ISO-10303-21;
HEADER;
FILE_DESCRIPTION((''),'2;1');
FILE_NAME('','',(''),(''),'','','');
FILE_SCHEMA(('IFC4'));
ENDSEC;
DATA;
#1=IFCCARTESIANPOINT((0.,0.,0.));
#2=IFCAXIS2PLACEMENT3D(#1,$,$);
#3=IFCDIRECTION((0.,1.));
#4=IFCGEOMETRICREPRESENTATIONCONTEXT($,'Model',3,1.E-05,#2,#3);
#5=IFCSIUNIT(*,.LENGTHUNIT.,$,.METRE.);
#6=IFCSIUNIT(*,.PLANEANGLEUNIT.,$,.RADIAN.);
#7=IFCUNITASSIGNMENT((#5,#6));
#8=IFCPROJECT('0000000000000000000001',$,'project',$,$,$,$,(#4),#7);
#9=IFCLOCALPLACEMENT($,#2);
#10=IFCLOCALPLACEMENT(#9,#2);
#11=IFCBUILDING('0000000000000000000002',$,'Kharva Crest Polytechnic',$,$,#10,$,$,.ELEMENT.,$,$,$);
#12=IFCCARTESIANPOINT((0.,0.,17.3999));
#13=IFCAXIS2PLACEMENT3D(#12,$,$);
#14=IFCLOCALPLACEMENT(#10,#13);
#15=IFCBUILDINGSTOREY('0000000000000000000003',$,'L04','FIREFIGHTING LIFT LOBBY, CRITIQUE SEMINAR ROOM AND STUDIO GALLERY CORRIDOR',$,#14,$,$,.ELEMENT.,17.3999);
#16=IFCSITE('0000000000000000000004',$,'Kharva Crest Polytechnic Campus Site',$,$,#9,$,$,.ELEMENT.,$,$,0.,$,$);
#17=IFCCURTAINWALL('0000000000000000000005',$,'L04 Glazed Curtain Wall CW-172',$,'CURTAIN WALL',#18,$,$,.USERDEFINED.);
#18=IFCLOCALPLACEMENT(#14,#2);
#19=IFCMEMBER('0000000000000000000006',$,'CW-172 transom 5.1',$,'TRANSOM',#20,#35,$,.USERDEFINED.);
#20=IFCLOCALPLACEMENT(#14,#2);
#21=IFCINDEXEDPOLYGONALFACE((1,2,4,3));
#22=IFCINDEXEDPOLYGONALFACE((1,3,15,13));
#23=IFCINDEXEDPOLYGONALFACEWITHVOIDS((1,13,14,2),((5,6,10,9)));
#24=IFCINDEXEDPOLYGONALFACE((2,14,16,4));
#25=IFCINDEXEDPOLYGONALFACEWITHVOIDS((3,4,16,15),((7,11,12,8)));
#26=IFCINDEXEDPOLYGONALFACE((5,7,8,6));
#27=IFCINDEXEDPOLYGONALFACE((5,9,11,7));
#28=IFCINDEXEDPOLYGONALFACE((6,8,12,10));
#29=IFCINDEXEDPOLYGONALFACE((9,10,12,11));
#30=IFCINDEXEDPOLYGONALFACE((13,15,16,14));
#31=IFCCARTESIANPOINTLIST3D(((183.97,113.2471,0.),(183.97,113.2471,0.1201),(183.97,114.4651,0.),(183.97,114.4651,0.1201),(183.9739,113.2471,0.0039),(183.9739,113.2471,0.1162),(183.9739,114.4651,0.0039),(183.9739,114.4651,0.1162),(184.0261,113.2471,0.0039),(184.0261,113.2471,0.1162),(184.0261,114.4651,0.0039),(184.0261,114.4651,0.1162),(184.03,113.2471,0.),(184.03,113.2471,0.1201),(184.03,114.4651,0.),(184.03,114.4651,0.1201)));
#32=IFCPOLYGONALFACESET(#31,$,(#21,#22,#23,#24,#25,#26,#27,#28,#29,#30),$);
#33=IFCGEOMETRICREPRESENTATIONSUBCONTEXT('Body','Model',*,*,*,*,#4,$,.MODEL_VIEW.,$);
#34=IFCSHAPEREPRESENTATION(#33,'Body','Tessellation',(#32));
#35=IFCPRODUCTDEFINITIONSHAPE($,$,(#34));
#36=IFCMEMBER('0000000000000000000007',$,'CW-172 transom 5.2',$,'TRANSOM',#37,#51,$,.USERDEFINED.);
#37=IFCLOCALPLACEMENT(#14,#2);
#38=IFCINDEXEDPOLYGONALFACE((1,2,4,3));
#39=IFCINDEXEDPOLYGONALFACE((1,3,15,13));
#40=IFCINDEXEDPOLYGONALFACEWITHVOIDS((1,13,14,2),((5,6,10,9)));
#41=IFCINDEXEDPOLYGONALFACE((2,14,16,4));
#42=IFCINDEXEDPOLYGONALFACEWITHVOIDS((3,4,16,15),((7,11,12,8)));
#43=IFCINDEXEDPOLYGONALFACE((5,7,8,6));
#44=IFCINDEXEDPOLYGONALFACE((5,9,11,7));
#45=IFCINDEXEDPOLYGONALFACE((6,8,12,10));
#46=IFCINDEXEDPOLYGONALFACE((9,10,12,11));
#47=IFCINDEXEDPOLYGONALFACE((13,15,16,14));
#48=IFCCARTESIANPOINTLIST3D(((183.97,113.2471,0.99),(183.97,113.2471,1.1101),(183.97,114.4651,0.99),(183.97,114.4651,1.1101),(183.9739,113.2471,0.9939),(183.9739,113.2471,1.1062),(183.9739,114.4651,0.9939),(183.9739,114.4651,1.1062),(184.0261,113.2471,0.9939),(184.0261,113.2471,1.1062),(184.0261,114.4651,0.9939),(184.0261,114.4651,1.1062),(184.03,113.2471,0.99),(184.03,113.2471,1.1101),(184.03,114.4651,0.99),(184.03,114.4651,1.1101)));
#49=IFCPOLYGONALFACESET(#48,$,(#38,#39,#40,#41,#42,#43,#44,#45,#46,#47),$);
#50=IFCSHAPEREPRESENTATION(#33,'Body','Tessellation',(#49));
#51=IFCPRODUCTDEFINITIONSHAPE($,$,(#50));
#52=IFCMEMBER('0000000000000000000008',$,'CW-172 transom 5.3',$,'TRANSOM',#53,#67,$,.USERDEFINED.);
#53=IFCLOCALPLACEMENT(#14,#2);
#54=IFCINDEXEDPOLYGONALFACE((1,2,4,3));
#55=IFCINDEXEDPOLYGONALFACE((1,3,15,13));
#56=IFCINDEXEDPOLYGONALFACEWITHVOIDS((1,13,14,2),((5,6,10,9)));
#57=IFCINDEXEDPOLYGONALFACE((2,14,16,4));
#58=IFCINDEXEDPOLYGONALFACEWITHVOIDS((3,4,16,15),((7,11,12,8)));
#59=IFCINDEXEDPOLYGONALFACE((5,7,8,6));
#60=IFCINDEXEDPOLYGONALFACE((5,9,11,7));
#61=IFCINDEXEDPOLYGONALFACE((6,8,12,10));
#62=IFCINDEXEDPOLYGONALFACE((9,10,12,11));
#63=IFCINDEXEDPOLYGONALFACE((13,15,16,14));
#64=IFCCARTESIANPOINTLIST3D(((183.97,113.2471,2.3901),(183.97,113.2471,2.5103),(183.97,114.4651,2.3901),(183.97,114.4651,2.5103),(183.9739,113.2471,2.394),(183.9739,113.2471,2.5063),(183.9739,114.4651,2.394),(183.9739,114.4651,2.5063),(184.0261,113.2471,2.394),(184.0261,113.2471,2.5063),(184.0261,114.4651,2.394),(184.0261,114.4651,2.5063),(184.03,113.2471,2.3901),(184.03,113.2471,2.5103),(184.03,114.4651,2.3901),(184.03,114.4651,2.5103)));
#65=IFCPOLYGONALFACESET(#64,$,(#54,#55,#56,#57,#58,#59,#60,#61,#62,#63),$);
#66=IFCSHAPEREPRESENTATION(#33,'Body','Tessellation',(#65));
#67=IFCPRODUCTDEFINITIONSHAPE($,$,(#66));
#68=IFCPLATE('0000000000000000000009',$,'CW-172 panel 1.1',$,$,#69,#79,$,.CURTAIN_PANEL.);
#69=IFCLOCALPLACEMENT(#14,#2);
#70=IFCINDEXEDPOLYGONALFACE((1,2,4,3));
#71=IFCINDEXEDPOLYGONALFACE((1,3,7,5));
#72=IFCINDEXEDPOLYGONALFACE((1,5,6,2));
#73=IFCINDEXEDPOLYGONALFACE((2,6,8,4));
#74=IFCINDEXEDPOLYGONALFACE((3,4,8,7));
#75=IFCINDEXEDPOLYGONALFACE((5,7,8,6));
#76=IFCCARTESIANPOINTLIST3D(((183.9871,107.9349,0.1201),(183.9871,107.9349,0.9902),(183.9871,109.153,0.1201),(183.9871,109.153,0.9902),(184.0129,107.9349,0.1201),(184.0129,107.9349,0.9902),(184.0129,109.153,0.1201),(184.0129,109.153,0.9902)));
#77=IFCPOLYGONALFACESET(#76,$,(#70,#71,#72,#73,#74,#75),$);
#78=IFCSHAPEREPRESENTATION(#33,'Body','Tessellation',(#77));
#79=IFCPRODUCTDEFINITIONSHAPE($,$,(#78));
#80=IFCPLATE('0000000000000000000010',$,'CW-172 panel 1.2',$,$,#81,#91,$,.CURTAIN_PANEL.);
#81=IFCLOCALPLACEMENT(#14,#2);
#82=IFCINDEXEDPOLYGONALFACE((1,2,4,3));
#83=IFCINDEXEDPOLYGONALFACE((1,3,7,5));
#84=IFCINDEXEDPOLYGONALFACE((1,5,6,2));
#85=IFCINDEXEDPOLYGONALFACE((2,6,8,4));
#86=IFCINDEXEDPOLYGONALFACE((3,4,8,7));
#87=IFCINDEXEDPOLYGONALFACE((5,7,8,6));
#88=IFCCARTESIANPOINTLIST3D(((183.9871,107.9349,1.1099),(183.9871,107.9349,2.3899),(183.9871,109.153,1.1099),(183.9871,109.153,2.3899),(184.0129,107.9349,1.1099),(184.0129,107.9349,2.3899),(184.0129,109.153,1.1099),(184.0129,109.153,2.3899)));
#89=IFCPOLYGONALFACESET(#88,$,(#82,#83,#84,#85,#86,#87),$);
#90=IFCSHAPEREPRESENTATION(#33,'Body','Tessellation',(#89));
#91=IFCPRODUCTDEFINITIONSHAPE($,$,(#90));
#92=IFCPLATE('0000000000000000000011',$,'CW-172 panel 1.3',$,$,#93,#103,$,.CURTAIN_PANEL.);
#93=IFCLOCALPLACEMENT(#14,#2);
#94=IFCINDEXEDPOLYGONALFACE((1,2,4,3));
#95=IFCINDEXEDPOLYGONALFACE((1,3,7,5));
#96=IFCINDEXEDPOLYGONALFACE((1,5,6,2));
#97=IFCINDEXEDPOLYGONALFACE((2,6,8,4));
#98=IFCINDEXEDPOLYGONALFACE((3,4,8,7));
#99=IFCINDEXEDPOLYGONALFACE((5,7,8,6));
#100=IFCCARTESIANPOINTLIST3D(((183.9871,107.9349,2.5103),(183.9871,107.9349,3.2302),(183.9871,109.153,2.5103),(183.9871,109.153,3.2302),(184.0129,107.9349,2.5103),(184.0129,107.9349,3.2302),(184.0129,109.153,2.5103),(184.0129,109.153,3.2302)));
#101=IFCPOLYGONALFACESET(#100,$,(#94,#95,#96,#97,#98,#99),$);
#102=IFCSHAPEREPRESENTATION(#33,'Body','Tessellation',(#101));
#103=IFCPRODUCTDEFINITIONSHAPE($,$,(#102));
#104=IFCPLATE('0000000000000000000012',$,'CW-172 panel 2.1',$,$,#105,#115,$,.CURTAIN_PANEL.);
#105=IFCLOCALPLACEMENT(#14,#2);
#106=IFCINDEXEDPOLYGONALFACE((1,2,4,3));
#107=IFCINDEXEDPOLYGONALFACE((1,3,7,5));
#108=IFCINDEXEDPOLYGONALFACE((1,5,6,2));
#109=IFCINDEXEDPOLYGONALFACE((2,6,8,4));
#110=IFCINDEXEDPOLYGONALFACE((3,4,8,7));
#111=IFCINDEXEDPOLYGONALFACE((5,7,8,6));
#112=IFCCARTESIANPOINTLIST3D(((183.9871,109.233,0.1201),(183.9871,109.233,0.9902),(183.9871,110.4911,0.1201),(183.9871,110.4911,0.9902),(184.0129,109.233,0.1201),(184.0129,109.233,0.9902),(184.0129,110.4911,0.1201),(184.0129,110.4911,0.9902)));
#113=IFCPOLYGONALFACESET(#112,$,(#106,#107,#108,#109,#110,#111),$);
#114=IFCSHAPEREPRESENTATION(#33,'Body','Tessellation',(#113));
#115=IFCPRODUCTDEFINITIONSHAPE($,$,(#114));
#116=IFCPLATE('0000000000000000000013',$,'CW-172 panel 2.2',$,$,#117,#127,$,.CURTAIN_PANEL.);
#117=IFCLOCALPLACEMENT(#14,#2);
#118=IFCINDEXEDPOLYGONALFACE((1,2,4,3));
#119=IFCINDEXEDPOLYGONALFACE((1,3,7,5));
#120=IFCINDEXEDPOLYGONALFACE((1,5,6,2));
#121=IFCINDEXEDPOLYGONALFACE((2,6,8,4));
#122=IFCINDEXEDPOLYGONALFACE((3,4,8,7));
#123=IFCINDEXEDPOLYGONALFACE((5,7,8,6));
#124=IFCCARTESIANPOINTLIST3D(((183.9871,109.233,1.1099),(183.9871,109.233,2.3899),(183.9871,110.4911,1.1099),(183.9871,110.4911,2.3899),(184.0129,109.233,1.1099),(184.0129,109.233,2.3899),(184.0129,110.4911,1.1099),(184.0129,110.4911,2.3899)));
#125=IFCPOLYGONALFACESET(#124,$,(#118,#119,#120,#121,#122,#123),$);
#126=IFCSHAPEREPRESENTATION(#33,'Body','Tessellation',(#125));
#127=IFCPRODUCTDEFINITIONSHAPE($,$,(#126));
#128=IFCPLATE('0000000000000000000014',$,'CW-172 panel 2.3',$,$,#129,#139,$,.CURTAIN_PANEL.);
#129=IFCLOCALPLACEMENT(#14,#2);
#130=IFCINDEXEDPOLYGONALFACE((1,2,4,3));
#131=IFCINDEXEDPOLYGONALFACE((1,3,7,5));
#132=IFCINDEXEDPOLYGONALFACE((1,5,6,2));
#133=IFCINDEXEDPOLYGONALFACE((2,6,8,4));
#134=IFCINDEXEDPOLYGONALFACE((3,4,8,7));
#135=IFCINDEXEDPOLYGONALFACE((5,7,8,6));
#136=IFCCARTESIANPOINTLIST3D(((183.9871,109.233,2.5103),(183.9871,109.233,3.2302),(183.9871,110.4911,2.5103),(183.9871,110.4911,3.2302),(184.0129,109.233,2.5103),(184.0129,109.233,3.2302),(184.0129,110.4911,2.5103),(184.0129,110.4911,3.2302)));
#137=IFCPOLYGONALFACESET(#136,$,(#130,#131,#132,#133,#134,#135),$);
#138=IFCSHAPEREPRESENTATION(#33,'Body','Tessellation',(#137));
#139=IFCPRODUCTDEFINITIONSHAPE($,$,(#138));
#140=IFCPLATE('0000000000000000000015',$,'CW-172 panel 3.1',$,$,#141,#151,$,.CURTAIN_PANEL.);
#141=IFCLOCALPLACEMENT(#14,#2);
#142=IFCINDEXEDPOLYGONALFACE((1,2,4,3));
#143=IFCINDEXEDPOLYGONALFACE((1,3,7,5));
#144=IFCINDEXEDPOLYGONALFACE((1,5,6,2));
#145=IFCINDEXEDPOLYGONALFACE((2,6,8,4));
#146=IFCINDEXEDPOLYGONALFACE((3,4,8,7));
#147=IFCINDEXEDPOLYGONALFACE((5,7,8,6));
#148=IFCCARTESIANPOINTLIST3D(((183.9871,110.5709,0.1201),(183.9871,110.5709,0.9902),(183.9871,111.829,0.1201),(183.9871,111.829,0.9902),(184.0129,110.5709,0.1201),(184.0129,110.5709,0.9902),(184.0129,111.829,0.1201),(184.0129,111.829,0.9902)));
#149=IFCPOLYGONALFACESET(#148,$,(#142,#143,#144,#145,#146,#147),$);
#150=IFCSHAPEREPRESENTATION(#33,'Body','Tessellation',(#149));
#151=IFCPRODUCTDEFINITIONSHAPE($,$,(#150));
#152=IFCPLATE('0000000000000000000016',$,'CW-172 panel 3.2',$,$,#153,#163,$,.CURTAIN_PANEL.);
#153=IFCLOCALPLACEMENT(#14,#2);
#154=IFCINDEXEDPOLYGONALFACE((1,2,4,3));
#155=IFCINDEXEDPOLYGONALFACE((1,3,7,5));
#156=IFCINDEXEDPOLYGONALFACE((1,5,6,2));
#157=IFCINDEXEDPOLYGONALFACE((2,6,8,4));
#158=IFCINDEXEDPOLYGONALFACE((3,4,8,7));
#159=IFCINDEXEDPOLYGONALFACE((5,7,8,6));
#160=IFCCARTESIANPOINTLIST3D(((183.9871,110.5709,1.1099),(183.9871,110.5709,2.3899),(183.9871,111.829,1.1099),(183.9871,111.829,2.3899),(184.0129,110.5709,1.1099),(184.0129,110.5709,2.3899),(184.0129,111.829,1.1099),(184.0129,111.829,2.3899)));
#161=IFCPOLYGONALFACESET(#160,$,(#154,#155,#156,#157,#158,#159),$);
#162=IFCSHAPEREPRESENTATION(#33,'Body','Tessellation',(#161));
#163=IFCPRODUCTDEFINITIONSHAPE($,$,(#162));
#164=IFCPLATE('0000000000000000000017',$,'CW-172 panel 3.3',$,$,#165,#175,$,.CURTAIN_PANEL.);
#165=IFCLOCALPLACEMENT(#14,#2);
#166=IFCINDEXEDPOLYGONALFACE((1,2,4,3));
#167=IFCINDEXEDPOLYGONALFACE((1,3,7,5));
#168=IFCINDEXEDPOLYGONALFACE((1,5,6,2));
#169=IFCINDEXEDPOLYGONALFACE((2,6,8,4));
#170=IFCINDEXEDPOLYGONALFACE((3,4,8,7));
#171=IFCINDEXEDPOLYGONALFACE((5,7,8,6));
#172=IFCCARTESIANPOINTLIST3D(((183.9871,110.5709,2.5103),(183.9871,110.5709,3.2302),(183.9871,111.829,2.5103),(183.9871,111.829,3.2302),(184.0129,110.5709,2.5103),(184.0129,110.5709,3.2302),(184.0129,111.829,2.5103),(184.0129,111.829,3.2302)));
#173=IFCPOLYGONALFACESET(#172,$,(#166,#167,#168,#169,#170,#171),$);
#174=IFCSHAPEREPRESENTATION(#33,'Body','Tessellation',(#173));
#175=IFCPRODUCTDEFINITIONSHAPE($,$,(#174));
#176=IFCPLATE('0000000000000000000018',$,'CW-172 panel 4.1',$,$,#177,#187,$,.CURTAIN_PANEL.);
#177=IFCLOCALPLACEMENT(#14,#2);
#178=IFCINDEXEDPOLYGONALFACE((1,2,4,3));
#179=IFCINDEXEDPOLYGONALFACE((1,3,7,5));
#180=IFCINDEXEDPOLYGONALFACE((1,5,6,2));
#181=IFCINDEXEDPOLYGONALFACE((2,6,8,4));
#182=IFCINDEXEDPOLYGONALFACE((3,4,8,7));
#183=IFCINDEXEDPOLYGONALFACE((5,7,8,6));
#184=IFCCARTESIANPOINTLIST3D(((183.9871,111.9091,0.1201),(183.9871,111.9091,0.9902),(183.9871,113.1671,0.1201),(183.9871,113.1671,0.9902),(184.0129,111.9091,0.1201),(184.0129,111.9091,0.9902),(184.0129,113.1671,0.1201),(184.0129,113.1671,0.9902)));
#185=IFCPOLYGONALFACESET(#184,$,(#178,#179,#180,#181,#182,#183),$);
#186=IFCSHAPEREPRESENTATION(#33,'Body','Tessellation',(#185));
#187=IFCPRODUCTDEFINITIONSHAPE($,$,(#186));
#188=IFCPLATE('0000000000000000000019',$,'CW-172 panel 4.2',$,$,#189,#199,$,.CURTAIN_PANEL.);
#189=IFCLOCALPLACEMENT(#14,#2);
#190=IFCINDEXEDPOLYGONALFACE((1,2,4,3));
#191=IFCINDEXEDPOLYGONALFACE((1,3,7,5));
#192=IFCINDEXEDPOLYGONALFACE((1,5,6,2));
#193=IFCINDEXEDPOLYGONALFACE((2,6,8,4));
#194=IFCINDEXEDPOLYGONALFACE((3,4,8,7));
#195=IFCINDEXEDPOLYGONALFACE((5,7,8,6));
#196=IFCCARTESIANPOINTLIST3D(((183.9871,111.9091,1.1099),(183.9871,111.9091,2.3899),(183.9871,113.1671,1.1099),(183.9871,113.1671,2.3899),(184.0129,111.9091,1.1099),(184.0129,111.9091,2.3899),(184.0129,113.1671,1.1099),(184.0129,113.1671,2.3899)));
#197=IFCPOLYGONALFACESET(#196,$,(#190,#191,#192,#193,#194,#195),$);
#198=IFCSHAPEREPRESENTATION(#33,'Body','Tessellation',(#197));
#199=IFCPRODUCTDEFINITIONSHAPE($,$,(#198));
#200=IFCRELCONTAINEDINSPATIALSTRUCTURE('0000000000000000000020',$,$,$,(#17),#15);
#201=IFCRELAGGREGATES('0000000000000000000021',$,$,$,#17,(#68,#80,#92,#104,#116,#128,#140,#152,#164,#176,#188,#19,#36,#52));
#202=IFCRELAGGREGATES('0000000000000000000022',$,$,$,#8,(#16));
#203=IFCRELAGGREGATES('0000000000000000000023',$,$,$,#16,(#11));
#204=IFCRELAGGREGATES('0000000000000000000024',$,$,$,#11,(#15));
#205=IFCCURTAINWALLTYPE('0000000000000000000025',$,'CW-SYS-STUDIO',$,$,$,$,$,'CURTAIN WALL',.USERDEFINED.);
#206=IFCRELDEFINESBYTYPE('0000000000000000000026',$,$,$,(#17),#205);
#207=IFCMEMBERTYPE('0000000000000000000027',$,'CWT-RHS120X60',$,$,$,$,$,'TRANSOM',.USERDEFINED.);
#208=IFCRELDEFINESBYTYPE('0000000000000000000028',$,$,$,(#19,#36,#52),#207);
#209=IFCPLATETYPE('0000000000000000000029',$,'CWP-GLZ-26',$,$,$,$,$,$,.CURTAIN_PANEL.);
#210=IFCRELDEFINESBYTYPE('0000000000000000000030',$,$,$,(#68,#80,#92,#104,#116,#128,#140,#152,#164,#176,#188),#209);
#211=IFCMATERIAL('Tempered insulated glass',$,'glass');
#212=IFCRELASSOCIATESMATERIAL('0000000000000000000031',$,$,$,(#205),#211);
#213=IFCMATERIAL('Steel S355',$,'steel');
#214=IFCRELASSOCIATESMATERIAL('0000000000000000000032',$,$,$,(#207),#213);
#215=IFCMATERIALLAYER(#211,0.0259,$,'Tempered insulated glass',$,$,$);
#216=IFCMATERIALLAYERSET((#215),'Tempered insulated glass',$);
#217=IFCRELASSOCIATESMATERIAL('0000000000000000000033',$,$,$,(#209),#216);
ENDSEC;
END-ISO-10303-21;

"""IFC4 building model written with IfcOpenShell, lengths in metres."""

from ifc_helpers import new_model, si_unit, direction, frame, origin, origin_2d, place, context, subcontext, project, spatial, rectangle, hollow_rectangle, extrude, material, layer, layer_set, material_profile, profile_set, type_object, element, aggregate, save


model = new_model("IFC4")

# Units and contexts
model_context = context("Model", 3, precision=1e-05, world=origin(), true_north=direction((0.0, 1.0)))
body_context = subcontext(model_context, "Body", "Model", "MODEL_VIEW")
ifc_project = project(units=[si_unit("LENGTHUNIT", "METRE"), si_unit("PLANEANGLEUNIT", "RADIAN")], contexts=[model_context])

# Site, building, storey
site_placement = place(None, origin())
site = spatial("IfcSite", under=ifc_project, at=site_placement, Name="Kharva Crest Polytechnic Campus Site", CompositionType="ELEMENT", RefElevation=0.0)
building_placement = place(site_placement, origin())
building = spatial("IfcBuilding", under=site, at=building_placement, Name="Kharva Crest Polytechnic", CompositionType="ELEMENT")
storey_placement = place(building_placement, frame((0.0, 0.0, 17.3999)))
storey = spatial("IfcBuildingStorey", under=building, at=storey_placement, Name="L04", Description="FIREFIGHTING LIFT LOBBY, CRITIQUE SEMINAR ROOM AND STUDIO GALLERY CORRIDOR", CompositionType="ELEMENT", Elevation=17.3999)

# Curtain wall, members, plates
ifc_material_1 = material(Name="Tempered insulated glass", Category="glass")
curtain_wall_type = type_object("IfcCurtainWallType", Name="CW-SYS-STUDIO", ElementType="CURTAIN WALL", PredefinedType="USERDEFINED", material=ifc_material_1)
curtain_wall_placement = place(storey_placement, origin())
curtain_wall = element("IfcCurtainWall", 1, at=curtain_wall_placement, inside=storey, type_object=curtain_wall_type, Name="L04 Glazed Curtain Wall CW-172", ObjectType="CURTAIN WALL", PredefinedType="USERDEFINED")
ifc_material_2 = material(Name="Steel S355", Category="steel")
ifc_material_profile_1 = material_profile(ifc_material_2, hollow_rectangle(XDim=0.0601, YDim=0.1201, WallThickness=0.0039, at=origin_2d()), Name="RHS 120X60X4.0")
ifc_profile_set_1 = profile_set([ifc_material_profile_1], Name="Steel S355")
member_type_1 = type_object("IfcMemberType", Name="CWT-RHS120X60", ElementType="TRANSOM", PredefinedType="USERDEFINED", material=ifc_profile_set_1)
member_1_placement = place(storey_placement, frame((184.0, 113.2471, 0.0601), z_axis=(0.0, 1.0, 0.0), x_axis=(-1.0, 0.0, 0.0)))
member_1 = element("IfcMember", 2, at=member_1_placement, type_object=member_type_1, Name="CW-172 transom 5.1", ObjectType="TRANSOM", PredefinedType="USERDEFINED", context=body_context, shape_type="SweptSolid", body=[
    extrude(hollow_rectangle(XDim=0.0601, YDim=0.1201, WallThickness=0.0039, at=origin_2d()), origin(), (0.0, 0.0, 1.0), 1.218),
])
member_2_placement = place(storey_placement, frame((184.0, 113.2471, 1.05), z_axis=(0.0, 1.0, 0.0), x_axis=(-1.0, 0.0, 0.0)))
member_2 = element("IfcMember", 3, at=member_2_placement, type_object=member_type_1, Name="CW-172 transom 5.2", ObjectType="TRANSOM", PredefinedType="USERDEFINED", context=body_context, shape_type="SweptSolid", body=[
    extrude(hollow_rectangle(XDim=0.0601, YDim=0.1201, WallThickness=0.0039, at=origin_2d()), origin(), (0.0, 0.0, 1.0), 1.218),
])
member_3_placement = place(storey_placement, frame((184.0, 113.2471, 2.4502), z_axis=(0.0, 1.0, 0.0), x_axis=(-1.0, 0.0, 0.0)))
member_3 = element("IfcMember", 4, at=member_3_placement, type_object=member_type_1, Name="CW-172 transom 5.3", ObjectType="TRANSOM", PredefinedType="USERDEFINED", context=body_context, shape_type="SweptSolid", body=[
    extrude(hollow_rectangle(XDim=0.0601, YDim=0.1201, WallThickness=0.0039, at=origin_2d()), origin(), (0.0, 0.0, 1.0), 1.218),
])
ifc_layer = layer(ifc_material_1, 0.0259, Name="Tempered insulated glass")
ifc_layer_set = layer_set([ifc_layer], Name="Tempered insulated glass")
plate_type = type_object("IfcPlateType", Name="CWP-GLZ-26", PredefinedType="CURTAIN_PANEL", material=ifc_layer_set)
plate_1_placement = place(storey_placement, frame((184.0, 108.5439, 0.1201), z_axis=(0.0, 0.0, 1.0), x_axis=(0.0, 1.0, 0.0)))
plate_1 = element("IfcPlate", 5, at=plate_1_placement, type_object=plate_type, Name="CW-172 panel 1.1", PredefinedType="CURTAIN_PANEL", context=body_context, shape_type="SweptSolid", body=[
    extrude(rectangle(XDim=1.218, YDim=0.0259, at=origin_2d()), origin(), (0.0, 0.0, 1.0), 0.8701),
])
plate_2_placement = place(storey_placement, frame((184.0, 108.5439, 1.1099), z_axis=(0.0, 0.0, 1.0), x_axis=(0.0, 1.0, 0.0)))
plate_2 = element("IfcPlate", 6, at=plate_2_placement, type_object=plate_type, Name="CW-172 panel 1.2", PredefinedType="CURTAIN_PANEL", context=body_context, shape_type="SweptSolid", body=[
    extrude(rectangle(XDim=1.218, YDim=0.0259, at=origin_2d()), origin(), (0.0, 0.0, 1.0), 1.28),
])
plate_3_placement = place(storey_placement, frame((184.0, 108.5439, 2.5103), z_axis=(0.0, 0.0, 1.0), x_axis=(0.0, 1.0, 0.0)))
plate_3 = element("IfcPlate", 7, at=plate_3_placement, type_object=plate_type, Name="CW-172 panel 1.3", PredefinedType="CURTAIN_PANEL", context=body_context, shape_type="SweptSolid", body=[
    extrude(rectangle(XDim=1.218, YDim=0.0259, at=origin_2d()), origin(), (0.0, 0.0, 1.0), 0.72),
])
plate_4_placement = place(storey_placement, frame((184.0, 109.8621, 0.1201), z_axis=(0.0, 0.0, 1.0), x_axis=(0.0, 1.0, 0.0)))
plate_4 = element("IfcPlate", 8, at=plate_4_placement, type_object=plate_type, Name="CW-172 panel 2.1", PredefinedType="CURTAIN_PANEL", context=body_context, shape_type="SweptSolid", body=[
    extrude(rectangle(XDim=1.2581, YDim=0.0259, at=origin_2d()), origin(), (0.0, 0.0, 1.0), 0.8701),
])
plate_5_placement = place(storey_placement, frame((184.0, 109.8621, 1.1099), z_axis=(0.0, 0.0, 1.0), x_axis=(0.0, 1.0, 0.0)))
plate_5 = element("IfcPlate", 9, at=plate_5_placement, type_object=plate_type, Name="CW-172 panel 2.2", PredefinedType="CURTAIN_PANEL", context=body_context, shape_type="SweptSolid", body=[
    extrude(rectangle(XDim=1.2581, YDim=0.0259, at=origin_2d()), origin(), (0.0, 0.0, 1.0), 1.28),
])
plate_6_placement = place(storey_placement, frame((184.0, 109.8621, 2.5103), z_axis=(0.0, 0.0, 1.0), x_axis=(0.0, 1.0, 0.0)))
plate_6 = element("IfcPlate", 10, at=plate_6_placement, type_object=plate_type, Name="CW-172 panel 2.3", PredefinedType="CURTAIN_PANEL", context=body_context, shape_type="SweptSolid", body=[
    extrude(rectangle(XDim=1.2581, YDim=0.0259, at=origin_2d()), origin(), (0.0, 0.0, 1.0), 0.72),
])
plate_7_placement = place(storey_placement, frame((184.0, 111.2, 0.1201), z_axis=(0.0, 0.0, 1.0), x_axis=(0.0, 1.0, 0.0)))
plate_7 = element("IfcPlate", 11, at=plate_7_placement, type_object=plate_type, Name="CW-172 panel 3.1", PredefinedType="CURTAIN_PANEL", context=body_context, shape_type="SweptSolid", body=[
    extrude(rectangle(XDim=1.2581, YDim=0.0259, at=origin_2d()), origin(), (0.0, 0.0, 1.0), 0.8701),
])
plate_8_placement = place(storey_placement, frame((184.0, 111.2, 1.1099), z_axis=(0.0, 0.0, 1.0), x_axis=(0.0, 1.0, 0.0)))
plate_8 = element("IfcPlate", 12, at=plate_8_placement, type_object=plate_type, Name="CW-172 panel 3.2", PredefinedType="CURTAIN_PANEL", context=body_context, shape_type="SweptSolid", body=[
    extrude(rectangle(XDim=1.2581, YDim=0.0259, at=origin_2d()), origin(), (0.0, 0.0, 1.0), 1.28),
])
plate_9_placement = place(storey_placement, frame((184.0, 111.2, 2.5103), z_axis=(0.0, 0.0, 1.0), x_axis=(0.0, 1.0, 0.0)))
plate_9 = element("IfcPlate", 13, at=plate_9_placement, type_object=plate_type, Name="CW-172 panel 3.3", PredefinedType="CURTAIN_PANEL", context=body_context, shape_type="SweptSolid", body=[
    extrude(rectangle(XDim=1.2581, YDim=0.0259, at=origin_2d()), origin(), (0.0, 0.0, 1.0), 0.72),
])
plate_10_placement = place(storey_placement, frame((184.0, 112.5381, 0.1201), z_axis=(0.0, 0.0, 1.0), x_axis=(0.0, 1.0, 0.0)))
plate_10 = element("IfcPlate", 14, at=plate_10_placement, type_object=plate_type, Name="CW-172 panel 4.1", PredefinedType="CURTAIN_PANEL", context=body_context, shape_type="SweptSolid", body=[
    extrude(rectangle(XDim=1.2581, YDim=0.0259, at=origin_2d()), origin(), (0.0, 0.0, 1.0), 0.8701),
])
plate_11_placement = place(storey_placement, frame((184.0, 112.5381, 1.1099), z_axis=(0.0, 0.0, 1.0), x_axis=(0.0, 1.0, 0.0)))
plate_11 = element("IfcPlate", 15, at=plate_11_placement, type_object=plate_type, Name="CW-172 panel 4.2", PredefinedType="CURTAIN_PANEL", context=body_context, shape_type="SweptSolid", body=[
    extrude(rectangle(XDim=1.2581, YDim=0.0259, at=origin_2d()), origin(), (0.0, 0.0, 1.0), 1.28),
])
aggregate(curtain_wall, [plate_1, plate_2, plate_3, plate_4, plate_5, plate_6, plate_7, plate_8, plate_9, plate_10, plate_11, member_1, member_2, member_3])

save(model, "model.ifc")
